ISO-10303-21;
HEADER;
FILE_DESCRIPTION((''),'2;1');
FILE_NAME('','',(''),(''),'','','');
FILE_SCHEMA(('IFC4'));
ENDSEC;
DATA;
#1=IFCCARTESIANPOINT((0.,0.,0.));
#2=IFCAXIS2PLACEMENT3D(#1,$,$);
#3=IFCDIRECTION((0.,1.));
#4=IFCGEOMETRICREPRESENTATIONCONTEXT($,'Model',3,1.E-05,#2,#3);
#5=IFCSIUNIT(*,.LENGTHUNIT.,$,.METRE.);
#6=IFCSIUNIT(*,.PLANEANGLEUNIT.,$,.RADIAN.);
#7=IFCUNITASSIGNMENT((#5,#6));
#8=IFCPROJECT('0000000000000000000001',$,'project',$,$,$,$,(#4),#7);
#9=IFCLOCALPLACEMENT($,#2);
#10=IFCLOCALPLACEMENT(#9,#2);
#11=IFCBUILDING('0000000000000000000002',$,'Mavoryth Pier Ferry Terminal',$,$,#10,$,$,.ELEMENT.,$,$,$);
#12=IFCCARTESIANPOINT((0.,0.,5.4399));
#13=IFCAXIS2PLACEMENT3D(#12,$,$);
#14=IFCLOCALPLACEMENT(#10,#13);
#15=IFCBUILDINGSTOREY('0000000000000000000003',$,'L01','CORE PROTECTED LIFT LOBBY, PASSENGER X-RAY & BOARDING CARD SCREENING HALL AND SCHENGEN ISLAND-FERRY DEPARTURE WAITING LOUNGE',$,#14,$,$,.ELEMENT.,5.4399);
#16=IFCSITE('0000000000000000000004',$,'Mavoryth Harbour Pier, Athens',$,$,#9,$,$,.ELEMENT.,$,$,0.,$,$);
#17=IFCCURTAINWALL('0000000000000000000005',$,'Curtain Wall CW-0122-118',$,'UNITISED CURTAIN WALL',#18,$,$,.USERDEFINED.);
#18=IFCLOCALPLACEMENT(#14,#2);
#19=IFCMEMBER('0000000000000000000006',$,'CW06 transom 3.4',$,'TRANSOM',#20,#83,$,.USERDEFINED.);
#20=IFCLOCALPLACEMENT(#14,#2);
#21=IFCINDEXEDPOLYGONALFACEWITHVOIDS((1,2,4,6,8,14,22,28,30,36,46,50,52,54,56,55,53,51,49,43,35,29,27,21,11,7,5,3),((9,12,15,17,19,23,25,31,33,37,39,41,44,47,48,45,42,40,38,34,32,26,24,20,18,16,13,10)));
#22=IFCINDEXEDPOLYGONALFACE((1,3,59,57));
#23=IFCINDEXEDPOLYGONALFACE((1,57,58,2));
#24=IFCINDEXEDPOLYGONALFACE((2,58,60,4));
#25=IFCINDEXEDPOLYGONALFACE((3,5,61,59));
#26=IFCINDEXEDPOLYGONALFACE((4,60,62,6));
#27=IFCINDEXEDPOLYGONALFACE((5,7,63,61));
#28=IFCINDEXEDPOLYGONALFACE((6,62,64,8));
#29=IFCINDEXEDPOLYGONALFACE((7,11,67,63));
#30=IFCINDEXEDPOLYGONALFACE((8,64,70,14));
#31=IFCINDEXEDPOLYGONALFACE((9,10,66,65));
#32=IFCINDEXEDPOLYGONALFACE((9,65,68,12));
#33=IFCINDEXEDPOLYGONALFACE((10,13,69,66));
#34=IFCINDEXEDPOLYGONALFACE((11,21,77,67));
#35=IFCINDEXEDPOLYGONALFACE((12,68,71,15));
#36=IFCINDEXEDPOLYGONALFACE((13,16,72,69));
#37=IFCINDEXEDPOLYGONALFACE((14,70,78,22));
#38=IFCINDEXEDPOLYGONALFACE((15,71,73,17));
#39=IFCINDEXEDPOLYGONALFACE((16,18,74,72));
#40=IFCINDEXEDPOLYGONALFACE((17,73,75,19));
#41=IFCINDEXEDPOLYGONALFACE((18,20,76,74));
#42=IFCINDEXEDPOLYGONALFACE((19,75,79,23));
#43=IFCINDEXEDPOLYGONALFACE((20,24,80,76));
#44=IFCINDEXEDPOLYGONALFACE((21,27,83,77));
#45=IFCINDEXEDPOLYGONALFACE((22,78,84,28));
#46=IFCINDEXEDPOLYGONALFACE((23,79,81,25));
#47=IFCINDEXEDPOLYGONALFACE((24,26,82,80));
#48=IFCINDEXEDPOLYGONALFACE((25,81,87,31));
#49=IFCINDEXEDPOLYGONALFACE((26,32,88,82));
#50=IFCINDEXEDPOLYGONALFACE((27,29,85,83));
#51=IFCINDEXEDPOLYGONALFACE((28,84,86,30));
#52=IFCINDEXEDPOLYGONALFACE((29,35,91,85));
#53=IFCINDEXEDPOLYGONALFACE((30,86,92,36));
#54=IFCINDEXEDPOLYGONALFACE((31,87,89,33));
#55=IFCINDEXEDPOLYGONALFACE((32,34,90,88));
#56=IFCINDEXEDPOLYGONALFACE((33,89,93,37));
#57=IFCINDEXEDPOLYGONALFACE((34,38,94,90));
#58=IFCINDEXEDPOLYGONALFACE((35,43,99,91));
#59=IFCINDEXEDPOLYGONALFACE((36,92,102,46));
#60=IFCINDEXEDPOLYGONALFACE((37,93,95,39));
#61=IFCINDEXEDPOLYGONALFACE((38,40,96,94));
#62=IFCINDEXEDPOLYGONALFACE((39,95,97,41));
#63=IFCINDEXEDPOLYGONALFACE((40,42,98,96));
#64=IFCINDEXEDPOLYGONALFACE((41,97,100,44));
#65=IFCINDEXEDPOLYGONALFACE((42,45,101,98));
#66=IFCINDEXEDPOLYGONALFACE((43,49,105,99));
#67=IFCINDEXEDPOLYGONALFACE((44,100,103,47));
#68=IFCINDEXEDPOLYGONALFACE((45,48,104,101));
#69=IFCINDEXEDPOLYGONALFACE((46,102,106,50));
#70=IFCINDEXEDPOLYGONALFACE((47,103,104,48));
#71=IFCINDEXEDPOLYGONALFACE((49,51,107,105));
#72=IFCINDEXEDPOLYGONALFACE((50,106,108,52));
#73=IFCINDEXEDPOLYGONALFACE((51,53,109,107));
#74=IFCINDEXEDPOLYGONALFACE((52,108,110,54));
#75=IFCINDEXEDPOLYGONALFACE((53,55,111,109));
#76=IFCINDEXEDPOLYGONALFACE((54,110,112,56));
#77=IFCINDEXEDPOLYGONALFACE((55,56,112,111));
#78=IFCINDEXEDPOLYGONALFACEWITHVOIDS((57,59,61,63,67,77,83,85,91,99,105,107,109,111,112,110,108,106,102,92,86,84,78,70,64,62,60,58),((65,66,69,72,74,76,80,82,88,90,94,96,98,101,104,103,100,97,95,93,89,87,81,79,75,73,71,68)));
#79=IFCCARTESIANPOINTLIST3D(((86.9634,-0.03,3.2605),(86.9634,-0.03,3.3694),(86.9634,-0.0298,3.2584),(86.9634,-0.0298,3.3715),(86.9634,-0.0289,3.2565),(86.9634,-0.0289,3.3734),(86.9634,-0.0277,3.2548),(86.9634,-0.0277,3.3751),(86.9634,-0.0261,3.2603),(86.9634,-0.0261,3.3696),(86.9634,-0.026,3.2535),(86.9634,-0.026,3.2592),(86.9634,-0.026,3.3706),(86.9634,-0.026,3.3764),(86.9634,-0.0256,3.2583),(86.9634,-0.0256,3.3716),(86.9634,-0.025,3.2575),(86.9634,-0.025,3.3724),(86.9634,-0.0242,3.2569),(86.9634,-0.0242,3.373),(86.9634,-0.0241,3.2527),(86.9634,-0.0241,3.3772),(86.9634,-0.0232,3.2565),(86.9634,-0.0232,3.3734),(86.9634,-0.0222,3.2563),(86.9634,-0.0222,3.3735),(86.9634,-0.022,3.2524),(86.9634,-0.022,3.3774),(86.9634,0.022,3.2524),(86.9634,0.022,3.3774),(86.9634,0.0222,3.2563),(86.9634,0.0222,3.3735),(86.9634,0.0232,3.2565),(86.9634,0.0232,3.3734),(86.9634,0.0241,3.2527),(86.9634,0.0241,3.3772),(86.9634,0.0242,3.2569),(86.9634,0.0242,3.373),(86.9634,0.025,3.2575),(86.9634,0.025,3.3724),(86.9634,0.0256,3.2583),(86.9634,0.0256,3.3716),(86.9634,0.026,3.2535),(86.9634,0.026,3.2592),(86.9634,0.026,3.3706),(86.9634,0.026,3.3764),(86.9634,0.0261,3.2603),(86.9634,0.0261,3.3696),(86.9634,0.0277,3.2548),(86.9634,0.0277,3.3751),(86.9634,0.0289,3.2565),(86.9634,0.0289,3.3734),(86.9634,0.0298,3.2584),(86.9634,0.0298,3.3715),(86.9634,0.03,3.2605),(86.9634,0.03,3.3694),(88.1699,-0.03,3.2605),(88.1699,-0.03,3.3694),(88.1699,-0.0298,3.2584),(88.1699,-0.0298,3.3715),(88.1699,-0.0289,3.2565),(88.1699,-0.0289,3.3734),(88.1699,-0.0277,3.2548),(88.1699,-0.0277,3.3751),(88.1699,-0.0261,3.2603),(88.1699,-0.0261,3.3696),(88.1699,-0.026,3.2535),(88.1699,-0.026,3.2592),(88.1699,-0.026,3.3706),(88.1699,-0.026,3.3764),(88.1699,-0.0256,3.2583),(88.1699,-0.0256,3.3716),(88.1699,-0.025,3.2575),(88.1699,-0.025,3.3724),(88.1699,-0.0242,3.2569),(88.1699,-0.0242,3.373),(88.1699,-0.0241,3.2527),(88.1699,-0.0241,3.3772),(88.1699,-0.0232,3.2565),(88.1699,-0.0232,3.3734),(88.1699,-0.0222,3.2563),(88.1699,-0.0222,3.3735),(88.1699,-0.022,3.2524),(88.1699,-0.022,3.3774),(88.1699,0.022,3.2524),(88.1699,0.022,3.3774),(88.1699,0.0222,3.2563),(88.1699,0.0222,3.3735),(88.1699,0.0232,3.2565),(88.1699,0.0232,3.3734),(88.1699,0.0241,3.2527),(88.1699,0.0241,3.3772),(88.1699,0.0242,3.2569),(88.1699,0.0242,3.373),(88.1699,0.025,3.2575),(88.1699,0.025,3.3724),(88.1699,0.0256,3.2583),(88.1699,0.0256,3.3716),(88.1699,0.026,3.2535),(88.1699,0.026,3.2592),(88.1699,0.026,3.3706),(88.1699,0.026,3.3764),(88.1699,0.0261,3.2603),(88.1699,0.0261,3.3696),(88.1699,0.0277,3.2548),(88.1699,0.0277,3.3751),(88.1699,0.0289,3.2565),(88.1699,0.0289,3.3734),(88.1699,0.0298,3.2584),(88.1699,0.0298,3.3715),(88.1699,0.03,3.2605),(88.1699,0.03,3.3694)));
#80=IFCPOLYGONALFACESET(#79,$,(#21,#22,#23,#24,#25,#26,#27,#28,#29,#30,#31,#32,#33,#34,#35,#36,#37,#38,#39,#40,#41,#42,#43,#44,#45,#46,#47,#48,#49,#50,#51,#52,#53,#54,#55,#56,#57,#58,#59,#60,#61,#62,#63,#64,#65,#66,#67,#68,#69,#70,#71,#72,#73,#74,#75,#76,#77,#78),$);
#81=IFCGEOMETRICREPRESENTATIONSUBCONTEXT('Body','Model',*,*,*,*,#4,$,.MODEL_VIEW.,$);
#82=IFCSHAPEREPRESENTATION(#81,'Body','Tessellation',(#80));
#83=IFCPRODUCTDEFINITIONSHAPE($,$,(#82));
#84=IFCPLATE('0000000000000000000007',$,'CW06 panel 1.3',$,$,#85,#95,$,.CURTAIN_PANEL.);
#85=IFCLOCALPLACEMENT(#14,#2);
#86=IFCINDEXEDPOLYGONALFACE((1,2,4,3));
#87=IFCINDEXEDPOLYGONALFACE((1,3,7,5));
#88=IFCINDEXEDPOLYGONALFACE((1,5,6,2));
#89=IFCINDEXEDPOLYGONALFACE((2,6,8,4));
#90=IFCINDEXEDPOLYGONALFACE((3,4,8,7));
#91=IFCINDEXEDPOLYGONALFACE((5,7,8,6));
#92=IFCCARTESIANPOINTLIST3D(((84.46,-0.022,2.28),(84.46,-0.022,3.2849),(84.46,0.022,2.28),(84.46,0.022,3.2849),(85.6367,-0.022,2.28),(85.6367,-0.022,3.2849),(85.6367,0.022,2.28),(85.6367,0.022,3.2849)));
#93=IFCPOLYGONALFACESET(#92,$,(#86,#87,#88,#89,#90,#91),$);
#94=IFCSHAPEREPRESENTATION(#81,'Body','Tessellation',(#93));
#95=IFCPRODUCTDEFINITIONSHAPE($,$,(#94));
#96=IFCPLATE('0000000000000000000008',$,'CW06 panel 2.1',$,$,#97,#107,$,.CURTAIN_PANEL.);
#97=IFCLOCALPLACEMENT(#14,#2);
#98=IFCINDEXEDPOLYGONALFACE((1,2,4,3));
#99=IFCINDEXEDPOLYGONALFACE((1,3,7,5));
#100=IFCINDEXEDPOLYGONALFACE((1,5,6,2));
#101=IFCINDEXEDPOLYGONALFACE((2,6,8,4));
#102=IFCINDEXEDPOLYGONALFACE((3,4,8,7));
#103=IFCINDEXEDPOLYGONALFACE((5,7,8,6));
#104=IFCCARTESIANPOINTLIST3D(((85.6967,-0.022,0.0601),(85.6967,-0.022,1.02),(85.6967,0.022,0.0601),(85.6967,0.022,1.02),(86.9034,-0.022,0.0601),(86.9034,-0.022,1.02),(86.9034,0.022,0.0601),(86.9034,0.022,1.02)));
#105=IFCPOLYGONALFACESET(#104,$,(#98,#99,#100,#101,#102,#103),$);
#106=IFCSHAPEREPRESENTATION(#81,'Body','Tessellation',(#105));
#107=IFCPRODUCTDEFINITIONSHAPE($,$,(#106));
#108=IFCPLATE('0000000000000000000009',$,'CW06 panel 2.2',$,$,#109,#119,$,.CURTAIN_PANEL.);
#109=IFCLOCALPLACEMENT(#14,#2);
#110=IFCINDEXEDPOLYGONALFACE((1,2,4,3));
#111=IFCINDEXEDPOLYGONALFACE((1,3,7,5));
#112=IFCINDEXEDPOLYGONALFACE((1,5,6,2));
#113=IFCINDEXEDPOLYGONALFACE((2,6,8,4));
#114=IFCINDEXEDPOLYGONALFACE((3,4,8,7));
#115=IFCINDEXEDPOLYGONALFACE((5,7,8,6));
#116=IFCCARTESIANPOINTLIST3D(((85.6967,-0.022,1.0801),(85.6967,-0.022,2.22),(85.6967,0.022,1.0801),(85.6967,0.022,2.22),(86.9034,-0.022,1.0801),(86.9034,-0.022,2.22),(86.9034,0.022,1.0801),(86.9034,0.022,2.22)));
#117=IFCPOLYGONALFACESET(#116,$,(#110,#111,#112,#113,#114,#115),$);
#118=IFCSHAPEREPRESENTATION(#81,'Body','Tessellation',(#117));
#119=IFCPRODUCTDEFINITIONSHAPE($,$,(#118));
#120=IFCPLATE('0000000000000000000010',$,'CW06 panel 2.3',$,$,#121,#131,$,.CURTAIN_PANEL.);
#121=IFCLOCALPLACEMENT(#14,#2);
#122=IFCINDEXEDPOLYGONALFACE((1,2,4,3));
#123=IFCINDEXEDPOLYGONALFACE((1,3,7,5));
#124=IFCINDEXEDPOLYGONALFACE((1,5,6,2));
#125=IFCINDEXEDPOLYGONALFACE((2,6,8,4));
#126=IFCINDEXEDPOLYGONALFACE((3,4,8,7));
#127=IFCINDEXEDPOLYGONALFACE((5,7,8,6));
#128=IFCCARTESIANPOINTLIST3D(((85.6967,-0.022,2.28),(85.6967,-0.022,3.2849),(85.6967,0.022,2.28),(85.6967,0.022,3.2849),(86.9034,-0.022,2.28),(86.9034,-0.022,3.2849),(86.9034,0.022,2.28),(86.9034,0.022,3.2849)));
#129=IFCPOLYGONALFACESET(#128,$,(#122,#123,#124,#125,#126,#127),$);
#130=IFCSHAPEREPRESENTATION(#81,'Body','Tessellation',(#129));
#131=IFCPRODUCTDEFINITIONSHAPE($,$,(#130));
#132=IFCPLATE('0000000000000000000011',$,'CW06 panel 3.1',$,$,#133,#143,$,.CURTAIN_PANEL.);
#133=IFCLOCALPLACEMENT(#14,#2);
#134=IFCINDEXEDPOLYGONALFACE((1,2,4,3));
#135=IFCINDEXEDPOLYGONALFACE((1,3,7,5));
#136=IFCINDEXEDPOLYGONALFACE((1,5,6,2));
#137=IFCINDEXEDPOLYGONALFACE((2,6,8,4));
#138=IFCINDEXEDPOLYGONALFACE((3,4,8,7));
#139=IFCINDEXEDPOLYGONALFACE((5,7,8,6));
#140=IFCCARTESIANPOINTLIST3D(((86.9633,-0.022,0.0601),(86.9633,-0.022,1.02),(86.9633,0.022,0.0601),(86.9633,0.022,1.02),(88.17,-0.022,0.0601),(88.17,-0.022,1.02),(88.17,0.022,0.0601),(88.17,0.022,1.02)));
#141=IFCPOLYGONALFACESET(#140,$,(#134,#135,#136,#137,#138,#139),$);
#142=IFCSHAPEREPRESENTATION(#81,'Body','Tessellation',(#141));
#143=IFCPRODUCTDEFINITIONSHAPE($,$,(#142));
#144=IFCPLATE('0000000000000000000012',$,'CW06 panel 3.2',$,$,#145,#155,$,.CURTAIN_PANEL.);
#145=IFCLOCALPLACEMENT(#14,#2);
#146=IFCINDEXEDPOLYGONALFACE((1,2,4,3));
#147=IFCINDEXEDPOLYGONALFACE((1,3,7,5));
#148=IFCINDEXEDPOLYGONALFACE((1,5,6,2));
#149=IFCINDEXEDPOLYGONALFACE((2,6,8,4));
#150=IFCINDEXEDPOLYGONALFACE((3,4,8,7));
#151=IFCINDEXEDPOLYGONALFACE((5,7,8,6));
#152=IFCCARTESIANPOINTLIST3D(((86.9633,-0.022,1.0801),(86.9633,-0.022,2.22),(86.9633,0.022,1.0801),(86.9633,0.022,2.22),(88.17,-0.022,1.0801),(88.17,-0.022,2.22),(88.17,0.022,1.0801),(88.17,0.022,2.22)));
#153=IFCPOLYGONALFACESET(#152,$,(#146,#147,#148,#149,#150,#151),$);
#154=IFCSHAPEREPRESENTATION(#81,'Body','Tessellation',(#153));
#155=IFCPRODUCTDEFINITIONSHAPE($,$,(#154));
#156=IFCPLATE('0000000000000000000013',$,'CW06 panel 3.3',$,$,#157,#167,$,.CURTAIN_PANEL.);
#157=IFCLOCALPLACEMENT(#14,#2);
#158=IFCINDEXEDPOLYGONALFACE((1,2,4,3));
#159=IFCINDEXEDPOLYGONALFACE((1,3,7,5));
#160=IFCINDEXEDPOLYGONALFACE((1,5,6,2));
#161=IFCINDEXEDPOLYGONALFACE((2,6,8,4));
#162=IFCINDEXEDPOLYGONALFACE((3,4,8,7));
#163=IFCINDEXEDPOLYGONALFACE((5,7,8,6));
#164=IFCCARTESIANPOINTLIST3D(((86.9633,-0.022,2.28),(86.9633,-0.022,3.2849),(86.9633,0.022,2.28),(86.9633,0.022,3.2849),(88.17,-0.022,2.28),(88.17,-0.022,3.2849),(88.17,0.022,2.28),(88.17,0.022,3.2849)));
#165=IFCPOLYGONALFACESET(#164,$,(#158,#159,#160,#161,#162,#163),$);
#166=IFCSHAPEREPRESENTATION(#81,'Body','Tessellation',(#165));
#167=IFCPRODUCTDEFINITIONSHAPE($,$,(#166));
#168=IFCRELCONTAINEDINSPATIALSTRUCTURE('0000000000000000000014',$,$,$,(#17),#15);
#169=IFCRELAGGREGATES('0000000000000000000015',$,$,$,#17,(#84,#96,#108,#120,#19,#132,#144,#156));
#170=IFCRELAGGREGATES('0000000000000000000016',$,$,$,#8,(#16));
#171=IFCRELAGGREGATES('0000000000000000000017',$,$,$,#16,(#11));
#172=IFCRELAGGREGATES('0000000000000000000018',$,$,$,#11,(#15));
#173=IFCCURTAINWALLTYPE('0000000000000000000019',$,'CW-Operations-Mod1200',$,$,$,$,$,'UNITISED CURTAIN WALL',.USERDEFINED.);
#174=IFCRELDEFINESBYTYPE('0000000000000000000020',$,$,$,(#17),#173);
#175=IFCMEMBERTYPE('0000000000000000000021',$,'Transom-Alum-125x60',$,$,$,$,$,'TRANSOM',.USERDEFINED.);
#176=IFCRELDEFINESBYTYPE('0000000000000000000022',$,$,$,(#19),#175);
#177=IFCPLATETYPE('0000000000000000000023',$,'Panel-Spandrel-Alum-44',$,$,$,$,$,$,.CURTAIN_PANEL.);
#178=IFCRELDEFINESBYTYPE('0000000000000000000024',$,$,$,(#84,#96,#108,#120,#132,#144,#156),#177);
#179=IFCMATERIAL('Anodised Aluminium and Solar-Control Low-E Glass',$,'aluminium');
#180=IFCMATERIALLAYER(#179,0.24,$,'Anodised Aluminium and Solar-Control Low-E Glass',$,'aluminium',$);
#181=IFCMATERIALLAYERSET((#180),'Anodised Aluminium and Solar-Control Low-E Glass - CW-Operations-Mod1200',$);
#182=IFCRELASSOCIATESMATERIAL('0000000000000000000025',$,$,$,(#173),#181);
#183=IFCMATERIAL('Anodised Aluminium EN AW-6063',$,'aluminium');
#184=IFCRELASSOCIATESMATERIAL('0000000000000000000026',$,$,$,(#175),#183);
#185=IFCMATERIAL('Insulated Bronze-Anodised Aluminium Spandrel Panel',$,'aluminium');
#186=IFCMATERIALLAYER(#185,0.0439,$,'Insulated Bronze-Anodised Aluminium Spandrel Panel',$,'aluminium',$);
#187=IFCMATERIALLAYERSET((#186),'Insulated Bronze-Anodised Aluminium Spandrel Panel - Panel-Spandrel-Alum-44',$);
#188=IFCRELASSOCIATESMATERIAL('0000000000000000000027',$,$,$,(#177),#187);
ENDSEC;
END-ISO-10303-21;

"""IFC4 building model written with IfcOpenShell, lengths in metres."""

from ifc_helpers import new_model, si_unit, direction, frame, origin, origin_2d, place, context, subcontext, project, spatial, rectangle, hollow_rectangle, extrude, material, layer, layer_set, material_profile, profile_set, type_object, element, aggregate, save


model = new_model("IFC4")

# Units and contexts
model_context = context("Model", 3, precision=1e-05, world=origin(), true_north=direction((0.0, 1.0)))
body_context = subcontext(model_context, "Body", "Model", "MODEL_VIEW")
ifc_project = project(units=[si_unit("LENGTHUNIT", "METRE"), si_unit("PLANEANGLEUNIT", "RADIAN")], contexts=[model_context])

# Site, building, storey
site_placement = place(None, origin())
site = spatial("IfcSite", under=ifc_project, at=site_placement, Name="Mavoryth Harbour Pier, Athens", CompositionType="ELEMENT", RefElevation=0.0)
building_placement = place(site_placement, origin())
building = spatial("IfcBuilding", under=site, at=building_placement, Name="Mavoryth Pier Ferry Terminal", CompositionType="ELEMENT")
storey_placement = place(building_placement, frame((0.0, 0.0, 5.4399)))
storey = spatial("IfcBuildingStorey", under=building, at=storey_placement, Name="L01", Description="CORE PROTECTED LIFT LOBBY, PASSENGER X-RAY & BOARDING CARD SCREENING HALL AND SCHENGEN ISLAND-FERRY DEPARTURE WAITING LOUNGE", CompositionType="ELEMENT", Elevation=5.4399)

# Curtain wall, member, plates
ifc_material_1 = material(Name="Anodised Aluminium and Solar-Control Low-E Glass", Category="aluminium")
ifc_layer_1 = layer(ifc_material_1, 0.24, Name="Anodised Aluminium and Solar-Control Low-E Glass", Category="aluminium")
ifc_layer_set_1 = layer_set([ifc_layer_1], Name="Anodised Aluminium and Solar-Control Low-E Glass - CW-Operations-Mod1200")
curtain_wall_type = type_object("IfcCurtainWallType", Name="CW-Operations-Mod1200", ElementType="UNITISED CURTAIN WALL", PredefinedType="USERDEFINED", material=ifc_layer_set_1)
curtain_wall_placement = place(storey_placement, origin())
curtain_wall = element("IfcCurtainWall", 1, at=curtain_wall_placement, inside=storey, type_object=curtain_wall_type, Name="Curtain Wall CW-0122-118", ObjectType="UNITISED CURTAIN WALL", PredefinedType="USERDEFINED")
ifc_material_2 = material(Name="Anodised Aluminium EN AW-6063", Category="aluminium")
ifc_material_profile_1 = material_profile(ifc_material_2, hollow_rectangle(XDim=0.0601, YDim=0.125, WallThickness=0.0039, InnerFilletRadius=0.0039, OuterFilletRadius=0.0081, at=origin_2d()), Name="AL-TRAN 125x60x4", Category="aluminium")
ifc_profile_set_1 = profile_set([ifc_material_profile_1], Name="Anodised Aluminium EN AW-6063 - AL-TRAN 125x60x4")
member_type_1 = type_object("IfcMemberType", Name="Transom-Alum-125x60", ElementType="TRANSOM", PredefinedType="USERDEFINED", material=ifc_profile_set_1)
member_1_placement = place(storey_placement, frame((86.9634, 0.0, 3.3149), z_axis=(1.0, 0.0, 0.0), x_axis=(0.0, 1.0, 0.0)))
member_1 = element("IfcMember", 2, at=member_1_placement, type_object=member_type_1, Name="CW06 transom 3.4", ObjectType="TRANSOM", PredefinedType="USERDEFINED", context=body_context, shape_type="SweptSolid", body=[
    extrude(hollow_rectangle(XDim=0.0601, YDim=0.125, WallThickness=0.0039, InnerFilletRadius=0.0039, OuterFilletRadius=0.0081, at=origin_2d()), origin(), (0.0, 0.0, 1.0), 1.2065),
])
ifc_material_3 = material(Name="Insulated Bronze-Anodised Aluminium Spandrel Panel", Category="aluminium")
ifc_layer_2 = layer(ifc_material_3, 0.0439, Name="Insulated Bronze-Anodised Aluminium Spandrel Panel", Category="aluminium")
ifc_layer_set_2 = layer_set([ifc_layer_2], Name="Insulated Bronze-Anodised Aluminium Spandrel Panel - Panel-Spandrel-Alum-44")
plate_type = type_object("IfcPlateType", Name="Panel-Spandrel-Alum-44", PredefinedType="CURTAIN_PANEL", material=ifc_layer_set_2)
plate_1_placement = place(storey_placement, frame((85.0483, 0.0, 2.28), z_axis=(0.0, 0.0, 1.0), x_axis=(1.0, 0.0, 0.0)))
plate_1 = element("IfcPlate", 3, at=plate_1_placement, type_object=plate_type, Name="CW06 panel 1.3", PredefinedType="CURTAIN_PANEL", context=body_context, shape_type="SweptSolid", body=[
    extrude(rectangle(XDim=1.1768, YDim=0.0439, at=origin_2d()), origin(), (0.0, 0.0, 1.0), 1.0049),
])
plate_2_placement = place(storey_placement, frame((86.3, 0.0, 0.0601), z_axis=(0.0, 0.0, 1.0), x_axis=(1.0, 0.0, 0.0)))
plate_2 = element("IfcPlate", 4, at=plate_2_placement, type_object=plate_type, Name="CW06 panel 2.1", PredefinedType="CURTAIN_PANEL", context=body_context, shape_type="SweptSolid", body=[
    extrude(rectangle(XDim=1.2068, YDim=0.0439, at=origin_2d()), origin(), (0.0, 0.0, 1.0), 0.96),
])
plate_3_placement = place(storey_placement, frame((86.3, 0.0, 1.0801), z_axis=(0.0, 0.0, 1.0), x_axis=(1.0, 0.0, 0.0)))
plate_3 = element("IfcPlate", 5, at=plate_3_placement, type_object=plate_type, Name="CW06 panel 2.2", PredefinedType="CURTAIN_PANEL", context=body_context, shape_type="SweptSolid", body=[
    extrude(rectangle(XDim=1.2068, YDim=0.0439, at=origin_2d()), origin(), (0.0, 0.0, 1.0), 1.1399),
])
plate_4_placement = place(storey_placement, frame((86.3, 0.0, 2.28), z_axis=(0.0, 0.0, 1.0), x_axis=(1.0, 0.0, 0.0)))
plate_4 = element("IfcPlate", 6, at=plate_4_placement, type_object=plate_type, Name="CW06 panel 2.3", PredefinedType="CURTAIN_PANEL", context=body_context, shape_type="SweptSolid", body=[
    extrude(rectangle(XDim=1.2068, YDim=0.0439, at=origin_2d()), origin(), (0.0, 0.0, 1.0), 1.0049),
])
plate_5_placement = place(storey_placement, frame((87.5667, 0.0, 0.0601), z_axis=(0.0, 0.0, 1.0), x_axis=(1.0, 0.0, 0.0)))
plate_5 = element("IfcPlate", 7, at=plate_5_placement, type_object=plate_type, Name="CW06 panel 3.1", PredefinedType="CURTAIN_PANEL", context=body_context, shape_type="SweptSolid", body=[
    extrude(rectangle(XDim=1.2068, YDim=0.0439, at=origin_2d()), origin(), (0.0, 0.0, 1.0), 0.96),
])
plate_6_placement = place(storey_placement, frame((87.5667, 0.0, 1.0801), z_axis=(0.0, 0.0, 1.0), x_axis=(1.0, 0.0, 0.0)))
plate_6 = element("IfcPlate", 8, at=plate_6_placement, type_object=plate_type, Name="CW06 panel 3.2", PredefinedType="CURTAIN_PANEL", context=body_context, shape_type="SweptSolid", body=[
    extrude(rectangle(XDim=1.2068, YDim=0.0439, at=origin_2d()), origin(), (0.0, 0.0, 1.0), 1.1399),
])
plate_7_placement = place(storey_placement, frame((87.5667, 0.0, 2.28), z_axis=(0.0, 0.0, 1.0), x_axis=(1.0, 0.0, 0.0)))
plate_7 = element("IfcPlate", 9, at=plate_7_placement, type_object=plate_type, Name="CW06 panel 3.3", PredefinedType="CURTAIN_PANEL", context=body_context, shape_type="SweptSolid", body=[
    extrude(rectangle(XDim=1.2068, YDim=0.0439, at=origin_2d()), origin(), (0.0, 0.0, 1.0), 1.0049),
])
aggregate(curtain_wall, [plate_1, plate_2, plate_3, plate_4, member_1, plate_5, plate_6, plate_7])

save(model, "model.ifc")
